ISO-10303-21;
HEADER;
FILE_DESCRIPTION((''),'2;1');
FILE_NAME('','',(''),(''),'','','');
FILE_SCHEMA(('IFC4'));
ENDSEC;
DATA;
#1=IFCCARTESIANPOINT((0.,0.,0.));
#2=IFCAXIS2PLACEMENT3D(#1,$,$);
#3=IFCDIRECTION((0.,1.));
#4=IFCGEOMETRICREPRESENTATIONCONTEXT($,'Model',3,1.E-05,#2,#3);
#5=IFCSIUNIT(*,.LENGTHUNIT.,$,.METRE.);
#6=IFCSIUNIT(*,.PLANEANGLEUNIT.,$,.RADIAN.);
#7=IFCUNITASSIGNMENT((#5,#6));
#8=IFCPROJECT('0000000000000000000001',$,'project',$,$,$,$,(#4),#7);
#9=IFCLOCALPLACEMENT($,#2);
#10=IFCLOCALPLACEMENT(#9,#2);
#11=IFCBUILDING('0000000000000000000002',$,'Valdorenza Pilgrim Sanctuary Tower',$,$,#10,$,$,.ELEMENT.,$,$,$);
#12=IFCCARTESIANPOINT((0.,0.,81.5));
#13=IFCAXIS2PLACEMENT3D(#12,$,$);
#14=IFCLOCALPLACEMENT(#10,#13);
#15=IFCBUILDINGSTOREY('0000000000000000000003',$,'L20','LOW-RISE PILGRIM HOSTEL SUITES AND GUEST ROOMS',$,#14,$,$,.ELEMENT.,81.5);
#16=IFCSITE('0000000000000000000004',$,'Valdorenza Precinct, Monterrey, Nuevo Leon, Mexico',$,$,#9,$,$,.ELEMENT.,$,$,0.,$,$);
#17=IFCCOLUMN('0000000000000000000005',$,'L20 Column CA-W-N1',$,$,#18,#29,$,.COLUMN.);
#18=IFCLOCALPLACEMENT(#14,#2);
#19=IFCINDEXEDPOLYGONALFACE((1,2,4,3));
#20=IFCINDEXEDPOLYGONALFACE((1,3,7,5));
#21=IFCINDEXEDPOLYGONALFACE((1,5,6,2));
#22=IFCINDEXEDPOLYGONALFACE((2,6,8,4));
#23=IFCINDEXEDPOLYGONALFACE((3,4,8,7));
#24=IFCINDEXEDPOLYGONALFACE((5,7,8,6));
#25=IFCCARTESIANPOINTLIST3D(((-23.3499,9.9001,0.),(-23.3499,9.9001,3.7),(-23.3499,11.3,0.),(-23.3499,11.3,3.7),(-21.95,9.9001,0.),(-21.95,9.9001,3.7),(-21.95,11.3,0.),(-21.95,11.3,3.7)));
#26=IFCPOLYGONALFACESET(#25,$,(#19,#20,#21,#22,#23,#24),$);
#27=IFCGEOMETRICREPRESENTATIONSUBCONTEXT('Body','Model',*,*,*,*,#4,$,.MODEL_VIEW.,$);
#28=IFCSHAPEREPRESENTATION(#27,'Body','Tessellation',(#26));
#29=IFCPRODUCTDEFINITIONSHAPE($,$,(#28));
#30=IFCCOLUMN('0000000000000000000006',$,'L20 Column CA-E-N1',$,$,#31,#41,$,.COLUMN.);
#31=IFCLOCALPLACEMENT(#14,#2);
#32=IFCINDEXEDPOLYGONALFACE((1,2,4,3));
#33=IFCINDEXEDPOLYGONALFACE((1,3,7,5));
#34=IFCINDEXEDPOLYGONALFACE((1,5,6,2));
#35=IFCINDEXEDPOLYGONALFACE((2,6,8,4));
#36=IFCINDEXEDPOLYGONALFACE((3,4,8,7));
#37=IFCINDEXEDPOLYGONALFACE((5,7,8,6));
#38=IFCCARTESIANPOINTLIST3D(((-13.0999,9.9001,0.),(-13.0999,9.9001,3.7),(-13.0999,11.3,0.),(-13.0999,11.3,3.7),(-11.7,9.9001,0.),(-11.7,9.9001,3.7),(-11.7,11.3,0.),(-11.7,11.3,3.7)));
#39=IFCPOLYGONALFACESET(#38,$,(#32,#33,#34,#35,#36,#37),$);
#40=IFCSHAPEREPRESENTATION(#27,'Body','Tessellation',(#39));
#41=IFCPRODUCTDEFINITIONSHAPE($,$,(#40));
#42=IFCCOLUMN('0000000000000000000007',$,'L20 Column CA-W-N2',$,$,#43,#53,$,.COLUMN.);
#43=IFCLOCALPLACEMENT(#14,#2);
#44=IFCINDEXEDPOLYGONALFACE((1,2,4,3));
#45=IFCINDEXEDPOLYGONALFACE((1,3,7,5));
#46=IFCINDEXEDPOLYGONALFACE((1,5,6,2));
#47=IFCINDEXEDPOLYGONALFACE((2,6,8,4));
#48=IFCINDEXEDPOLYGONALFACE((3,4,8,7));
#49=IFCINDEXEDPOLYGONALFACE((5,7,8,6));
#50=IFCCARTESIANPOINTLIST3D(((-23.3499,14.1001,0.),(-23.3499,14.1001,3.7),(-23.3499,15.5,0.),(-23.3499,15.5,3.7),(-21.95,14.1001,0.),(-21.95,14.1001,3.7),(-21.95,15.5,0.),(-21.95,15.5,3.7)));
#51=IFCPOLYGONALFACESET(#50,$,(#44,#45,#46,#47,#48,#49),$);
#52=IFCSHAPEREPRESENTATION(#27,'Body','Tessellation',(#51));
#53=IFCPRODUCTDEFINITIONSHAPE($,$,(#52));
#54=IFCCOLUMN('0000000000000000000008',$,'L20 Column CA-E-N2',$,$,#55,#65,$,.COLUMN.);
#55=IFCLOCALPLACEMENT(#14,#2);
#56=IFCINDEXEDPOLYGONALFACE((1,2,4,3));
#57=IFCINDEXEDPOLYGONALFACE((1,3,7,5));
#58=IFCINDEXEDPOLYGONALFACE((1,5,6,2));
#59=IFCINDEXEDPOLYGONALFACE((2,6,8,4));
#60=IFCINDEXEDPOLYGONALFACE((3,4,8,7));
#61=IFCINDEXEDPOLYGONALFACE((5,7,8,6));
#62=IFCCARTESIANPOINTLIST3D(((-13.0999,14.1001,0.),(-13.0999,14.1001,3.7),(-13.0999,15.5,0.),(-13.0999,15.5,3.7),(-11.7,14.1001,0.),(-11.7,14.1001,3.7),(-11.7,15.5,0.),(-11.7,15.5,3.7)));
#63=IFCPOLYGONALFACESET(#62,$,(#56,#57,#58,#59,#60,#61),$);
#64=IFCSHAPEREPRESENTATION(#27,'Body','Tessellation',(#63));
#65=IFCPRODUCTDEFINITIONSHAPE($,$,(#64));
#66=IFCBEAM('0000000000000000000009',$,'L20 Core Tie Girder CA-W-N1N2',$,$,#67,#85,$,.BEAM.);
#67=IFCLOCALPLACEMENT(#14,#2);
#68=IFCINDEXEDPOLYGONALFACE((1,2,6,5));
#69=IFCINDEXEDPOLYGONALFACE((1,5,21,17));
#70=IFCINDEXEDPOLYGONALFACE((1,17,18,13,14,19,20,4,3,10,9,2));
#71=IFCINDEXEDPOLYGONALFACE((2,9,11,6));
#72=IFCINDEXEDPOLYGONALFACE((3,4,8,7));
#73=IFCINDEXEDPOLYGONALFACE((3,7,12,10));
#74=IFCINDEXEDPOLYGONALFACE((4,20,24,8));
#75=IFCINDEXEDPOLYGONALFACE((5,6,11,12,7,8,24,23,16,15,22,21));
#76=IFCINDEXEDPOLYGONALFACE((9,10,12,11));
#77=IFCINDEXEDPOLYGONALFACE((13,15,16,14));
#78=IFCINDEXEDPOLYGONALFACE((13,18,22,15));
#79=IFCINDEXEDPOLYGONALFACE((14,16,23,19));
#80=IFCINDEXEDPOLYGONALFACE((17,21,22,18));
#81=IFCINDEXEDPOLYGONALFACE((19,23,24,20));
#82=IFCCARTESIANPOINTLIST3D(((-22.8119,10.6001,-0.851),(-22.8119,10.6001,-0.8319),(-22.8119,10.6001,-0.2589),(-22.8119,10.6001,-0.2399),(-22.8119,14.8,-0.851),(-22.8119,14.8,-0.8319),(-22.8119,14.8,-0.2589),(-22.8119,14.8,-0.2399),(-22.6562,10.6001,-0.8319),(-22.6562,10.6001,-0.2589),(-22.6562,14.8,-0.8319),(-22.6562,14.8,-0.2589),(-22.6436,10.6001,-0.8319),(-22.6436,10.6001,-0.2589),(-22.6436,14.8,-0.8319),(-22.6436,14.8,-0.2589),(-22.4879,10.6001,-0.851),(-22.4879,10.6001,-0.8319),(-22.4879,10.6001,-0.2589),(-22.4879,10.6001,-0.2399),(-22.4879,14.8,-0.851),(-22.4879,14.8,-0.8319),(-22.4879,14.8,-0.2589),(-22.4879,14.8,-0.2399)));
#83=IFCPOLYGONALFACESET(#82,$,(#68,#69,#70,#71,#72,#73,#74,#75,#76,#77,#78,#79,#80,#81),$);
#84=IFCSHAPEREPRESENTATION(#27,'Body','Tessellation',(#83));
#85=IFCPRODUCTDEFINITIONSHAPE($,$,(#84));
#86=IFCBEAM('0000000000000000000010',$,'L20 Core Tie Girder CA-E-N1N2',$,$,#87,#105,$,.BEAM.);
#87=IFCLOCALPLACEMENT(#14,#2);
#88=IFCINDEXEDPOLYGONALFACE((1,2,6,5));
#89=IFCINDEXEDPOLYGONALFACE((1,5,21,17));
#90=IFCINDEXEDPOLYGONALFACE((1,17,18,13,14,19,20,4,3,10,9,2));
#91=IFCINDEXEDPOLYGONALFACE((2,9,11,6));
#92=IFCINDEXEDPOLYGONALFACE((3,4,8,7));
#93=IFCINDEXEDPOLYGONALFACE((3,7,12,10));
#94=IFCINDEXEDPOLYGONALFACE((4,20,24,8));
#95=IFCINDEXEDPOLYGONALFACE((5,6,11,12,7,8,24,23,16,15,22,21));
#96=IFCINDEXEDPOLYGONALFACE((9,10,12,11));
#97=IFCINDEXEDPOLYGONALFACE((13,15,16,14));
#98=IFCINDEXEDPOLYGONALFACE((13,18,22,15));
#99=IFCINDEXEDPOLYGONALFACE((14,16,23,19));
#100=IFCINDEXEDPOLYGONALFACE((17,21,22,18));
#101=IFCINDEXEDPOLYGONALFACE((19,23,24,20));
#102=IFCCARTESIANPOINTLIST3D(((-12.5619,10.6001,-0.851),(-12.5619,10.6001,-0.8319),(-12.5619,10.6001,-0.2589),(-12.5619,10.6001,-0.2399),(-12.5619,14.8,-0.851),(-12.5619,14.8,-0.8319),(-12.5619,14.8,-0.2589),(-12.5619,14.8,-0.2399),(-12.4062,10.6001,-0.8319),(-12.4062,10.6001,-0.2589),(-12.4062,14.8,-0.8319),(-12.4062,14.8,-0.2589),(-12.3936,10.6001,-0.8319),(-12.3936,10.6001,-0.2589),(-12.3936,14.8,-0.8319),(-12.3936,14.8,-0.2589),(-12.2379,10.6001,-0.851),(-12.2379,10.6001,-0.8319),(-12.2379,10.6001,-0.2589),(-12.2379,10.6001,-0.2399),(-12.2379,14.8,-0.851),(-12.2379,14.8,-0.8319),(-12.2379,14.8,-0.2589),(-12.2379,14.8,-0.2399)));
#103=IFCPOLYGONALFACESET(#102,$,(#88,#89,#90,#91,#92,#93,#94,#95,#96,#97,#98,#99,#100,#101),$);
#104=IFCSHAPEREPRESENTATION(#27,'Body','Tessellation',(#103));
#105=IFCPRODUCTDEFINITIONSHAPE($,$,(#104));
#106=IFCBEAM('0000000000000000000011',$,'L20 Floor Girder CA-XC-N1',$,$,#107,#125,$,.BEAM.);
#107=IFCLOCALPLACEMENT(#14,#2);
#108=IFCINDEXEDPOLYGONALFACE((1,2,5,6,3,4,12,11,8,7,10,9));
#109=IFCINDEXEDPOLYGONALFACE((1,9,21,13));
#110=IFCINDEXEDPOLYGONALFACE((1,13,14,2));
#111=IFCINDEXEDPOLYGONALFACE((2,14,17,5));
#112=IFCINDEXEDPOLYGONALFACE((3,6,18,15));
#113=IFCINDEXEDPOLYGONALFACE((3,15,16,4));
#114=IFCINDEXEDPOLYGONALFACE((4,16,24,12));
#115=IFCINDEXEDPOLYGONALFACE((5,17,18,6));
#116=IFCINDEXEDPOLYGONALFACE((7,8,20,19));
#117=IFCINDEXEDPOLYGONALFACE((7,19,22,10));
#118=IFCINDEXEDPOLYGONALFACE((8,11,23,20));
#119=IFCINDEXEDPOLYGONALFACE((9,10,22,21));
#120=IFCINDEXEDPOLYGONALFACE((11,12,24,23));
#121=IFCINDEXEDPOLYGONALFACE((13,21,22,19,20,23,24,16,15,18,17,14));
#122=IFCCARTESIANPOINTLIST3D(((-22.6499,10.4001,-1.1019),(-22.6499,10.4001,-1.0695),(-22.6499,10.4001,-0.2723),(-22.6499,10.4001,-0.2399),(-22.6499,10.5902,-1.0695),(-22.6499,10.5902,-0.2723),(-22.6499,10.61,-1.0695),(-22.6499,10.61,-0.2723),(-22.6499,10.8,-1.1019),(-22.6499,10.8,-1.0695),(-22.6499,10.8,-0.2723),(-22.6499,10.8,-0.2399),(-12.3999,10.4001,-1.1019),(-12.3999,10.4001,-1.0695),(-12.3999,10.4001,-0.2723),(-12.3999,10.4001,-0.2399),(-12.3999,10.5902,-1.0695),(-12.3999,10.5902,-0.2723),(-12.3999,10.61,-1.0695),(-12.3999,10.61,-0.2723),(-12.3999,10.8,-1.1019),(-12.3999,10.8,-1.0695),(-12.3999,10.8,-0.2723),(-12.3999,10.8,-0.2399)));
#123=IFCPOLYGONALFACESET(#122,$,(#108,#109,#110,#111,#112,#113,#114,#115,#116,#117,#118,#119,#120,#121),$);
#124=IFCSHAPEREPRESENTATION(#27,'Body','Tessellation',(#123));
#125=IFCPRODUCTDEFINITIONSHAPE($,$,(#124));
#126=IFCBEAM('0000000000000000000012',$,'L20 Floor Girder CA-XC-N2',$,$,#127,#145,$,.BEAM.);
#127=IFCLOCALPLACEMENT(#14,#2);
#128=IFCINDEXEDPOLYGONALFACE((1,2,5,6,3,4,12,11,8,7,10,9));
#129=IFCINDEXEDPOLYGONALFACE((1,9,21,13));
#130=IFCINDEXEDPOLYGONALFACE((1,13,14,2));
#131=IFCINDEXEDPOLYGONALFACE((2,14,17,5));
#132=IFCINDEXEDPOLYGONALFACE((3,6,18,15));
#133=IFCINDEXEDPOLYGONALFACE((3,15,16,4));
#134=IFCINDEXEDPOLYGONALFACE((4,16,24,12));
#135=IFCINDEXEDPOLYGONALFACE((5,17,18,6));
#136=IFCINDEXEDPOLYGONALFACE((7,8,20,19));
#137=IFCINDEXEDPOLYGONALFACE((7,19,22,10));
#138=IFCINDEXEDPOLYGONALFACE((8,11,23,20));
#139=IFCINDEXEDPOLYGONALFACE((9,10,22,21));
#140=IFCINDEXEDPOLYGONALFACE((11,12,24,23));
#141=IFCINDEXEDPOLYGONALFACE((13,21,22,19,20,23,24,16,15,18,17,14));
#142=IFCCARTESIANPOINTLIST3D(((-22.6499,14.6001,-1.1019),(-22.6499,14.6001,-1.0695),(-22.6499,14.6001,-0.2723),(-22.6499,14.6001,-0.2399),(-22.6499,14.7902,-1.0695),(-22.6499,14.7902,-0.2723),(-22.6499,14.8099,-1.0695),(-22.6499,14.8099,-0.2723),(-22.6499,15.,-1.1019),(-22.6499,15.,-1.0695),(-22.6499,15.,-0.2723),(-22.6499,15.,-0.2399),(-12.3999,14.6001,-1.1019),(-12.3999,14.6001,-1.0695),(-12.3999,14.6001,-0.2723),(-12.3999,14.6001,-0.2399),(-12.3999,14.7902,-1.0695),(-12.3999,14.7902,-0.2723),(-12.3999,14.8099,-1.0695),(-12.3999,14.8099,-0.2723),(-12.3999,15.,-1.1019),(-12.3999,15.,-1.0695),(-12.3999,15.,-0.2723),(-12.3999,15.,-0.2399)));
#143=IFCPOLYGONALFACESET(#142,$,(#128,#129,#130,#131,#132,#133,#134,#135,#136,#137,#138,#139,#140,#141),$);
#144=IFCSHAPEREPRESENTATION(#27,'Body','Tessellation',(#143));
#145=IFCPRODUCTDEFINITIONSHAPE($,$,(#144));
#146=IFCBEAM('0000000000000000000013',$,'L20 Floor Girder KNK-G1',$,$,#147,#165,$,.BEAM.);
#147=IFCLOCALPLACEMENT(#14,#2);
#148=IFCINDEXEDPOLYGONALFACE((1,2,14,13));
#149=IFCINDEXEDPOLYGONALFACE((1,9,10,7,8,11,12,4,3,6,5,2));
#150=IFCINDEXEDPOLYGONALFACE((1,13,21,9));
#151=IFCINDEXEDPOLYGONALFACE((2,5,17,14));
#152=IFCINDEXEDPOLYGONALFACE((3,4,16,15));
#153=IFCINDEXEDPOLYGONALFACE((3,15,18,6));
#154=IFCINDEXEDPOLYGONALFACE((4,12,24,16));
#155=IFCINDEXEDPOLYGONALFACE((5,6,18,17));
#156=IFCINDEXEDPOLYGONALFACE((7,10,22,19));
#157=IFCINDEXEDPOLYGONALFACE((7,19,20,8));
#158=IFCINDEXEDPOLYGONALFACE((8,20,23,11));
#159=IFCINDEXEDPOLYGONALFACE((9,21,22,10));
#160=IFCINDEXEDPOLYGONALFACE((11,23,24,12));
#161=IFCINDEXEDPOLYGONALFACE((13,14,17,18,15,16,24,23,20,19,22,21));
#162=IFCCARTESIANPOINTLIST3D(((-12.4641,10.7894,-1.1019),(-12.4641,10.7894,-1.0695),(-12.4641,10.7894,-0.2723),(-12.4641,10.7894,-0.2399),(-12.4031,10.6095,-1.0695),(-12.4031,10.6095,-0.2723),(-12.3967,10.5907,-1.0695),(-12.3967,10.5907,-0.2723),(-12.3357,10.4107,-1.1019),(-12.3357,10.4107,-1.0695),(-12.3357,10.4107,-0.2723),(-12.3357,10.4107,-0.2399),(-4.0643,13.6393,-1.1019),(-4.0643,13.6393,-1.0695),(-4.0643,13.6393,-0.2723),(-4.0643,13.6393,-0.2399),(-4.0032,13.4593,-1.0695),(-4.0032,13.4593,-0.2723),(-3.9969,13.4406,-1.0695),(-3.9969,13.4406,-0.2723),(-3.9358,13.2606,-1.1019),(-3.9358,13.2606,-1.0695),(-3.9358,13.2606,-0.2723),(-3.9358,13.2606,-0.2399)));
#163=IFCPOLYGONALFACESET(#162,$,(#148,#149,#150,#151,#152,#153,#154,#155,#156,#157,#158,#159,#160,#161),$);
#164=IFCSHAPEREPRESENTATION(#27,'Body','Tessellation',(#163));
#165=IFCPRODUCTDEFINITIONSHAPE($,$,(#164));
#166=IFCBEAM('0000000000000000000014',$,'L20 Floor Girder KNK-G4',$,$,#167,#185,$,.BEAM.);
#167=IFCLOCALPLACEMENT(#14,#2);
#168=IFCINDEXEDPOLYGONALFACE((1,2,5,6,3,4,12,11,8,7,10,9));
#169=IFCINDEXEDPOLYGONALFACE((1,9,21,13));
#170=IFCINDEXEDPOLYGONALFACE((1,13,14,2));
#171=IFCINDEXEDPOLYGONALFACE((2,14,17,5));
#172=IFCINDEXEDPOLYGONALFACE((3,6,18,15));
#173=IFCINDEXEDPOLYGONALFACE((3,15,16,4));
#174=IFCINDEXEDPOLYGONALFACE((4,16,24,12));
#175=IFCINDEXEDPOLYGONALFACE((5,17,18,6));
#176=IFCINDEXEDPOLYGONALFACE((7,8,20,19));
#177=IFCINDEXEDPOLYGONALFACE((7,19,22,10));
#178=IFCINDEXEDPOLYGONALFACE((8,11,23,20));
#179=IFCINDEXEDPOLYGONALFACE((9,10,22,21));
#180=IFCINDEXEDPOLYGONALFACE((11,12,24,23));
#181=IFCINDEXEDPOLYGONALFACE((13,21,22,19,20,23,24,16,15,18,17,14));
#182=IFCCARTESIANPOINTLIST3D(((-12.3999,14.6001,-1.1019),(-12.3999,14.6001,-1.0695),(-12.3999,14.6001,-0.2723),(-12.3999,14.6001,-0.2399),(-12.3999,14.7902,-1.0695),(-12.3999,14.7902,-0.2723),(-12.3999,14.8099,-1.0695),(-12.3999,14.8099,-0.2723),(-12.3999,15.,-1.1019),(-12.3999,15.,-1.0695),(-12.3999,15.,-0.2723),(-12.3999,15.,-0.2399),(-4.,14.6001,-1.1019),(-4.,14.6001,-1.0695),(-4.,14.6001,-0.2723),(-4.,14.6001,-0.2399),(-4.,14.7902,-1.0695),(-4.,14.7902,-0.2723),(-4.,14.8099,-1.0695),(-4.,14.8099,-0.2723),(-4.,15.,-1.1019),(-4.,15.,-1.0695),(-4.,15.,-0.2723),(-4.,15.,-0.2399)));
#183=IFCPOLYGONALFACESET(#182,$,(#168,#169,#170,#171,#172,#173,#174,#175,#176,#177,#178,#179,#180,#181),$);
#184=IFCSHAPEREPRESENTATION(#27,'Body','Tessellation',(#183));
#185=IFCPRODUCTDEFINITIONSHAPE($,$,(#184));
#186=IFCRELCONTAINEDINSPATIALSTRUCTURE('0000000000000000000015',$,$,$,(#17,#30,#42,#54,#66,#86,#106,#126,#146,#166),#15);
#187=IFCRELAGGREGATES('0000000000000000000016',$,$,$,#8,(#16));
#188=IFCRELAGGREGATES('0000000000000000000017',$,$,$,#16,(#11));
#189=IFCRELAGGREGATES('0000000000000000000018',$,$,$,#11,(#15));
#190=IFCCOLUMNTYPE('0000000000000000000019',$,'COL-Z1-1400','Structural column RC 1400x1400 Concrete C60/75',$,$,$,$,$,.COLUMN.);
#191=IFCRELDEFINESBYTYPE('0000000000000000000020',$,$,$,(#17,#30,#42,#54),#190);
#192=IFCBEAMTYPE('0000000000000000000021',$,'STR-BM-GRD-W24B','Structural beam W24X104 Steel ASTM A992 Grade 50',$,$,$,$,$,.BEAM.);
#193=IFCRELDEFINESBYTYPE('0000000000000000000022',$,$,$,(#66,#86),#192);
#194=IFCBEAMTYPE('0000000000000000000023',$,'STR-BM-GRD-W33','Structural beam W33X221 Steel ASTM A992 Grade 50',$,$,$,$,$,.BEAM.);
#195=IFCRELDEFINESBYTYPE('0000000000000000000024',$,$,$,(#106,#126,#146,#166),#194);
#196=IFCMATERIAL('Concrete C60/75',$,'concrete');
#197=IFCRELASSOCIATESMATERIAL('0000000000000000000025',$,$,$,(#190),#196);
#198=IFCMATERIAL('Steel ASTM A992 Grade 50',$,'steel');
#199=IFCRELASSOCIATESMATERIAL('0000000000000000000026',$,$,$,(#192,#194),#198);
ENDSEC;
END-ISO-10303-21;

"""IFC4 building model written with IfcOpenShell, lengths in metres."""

from ifc_helpers import new_model, si_unit, direction, frame, origin, origin_2d, place, context, subcontext, project, spatial, rectangle, i_section, extrude, source, transform, mapped, material, material_profile, profile_set, type_object, element, save


model = new_model("IFC4")

# Units and contexts
model_context = context("Model", 3, precision=1e-05, world=origin(), true_north=direction((0.0, 1.0)))
body_context = subcontext(model_context, "Body", "Model", "MODEL_VIEW")
ifc_project = project(units=[si_unit("LENGTHUNIT", "METRE"), si_unit("PLANEANGLEUNIT", "RADIAN")], contexts=[model_context])

# Site, building, storey
site_placement = place(None, origin())
site = spatial("IfcSite", under=ifc_project, at=site_placement, Name="Valdorenza Precinct, Monterrey, Nuevo Leon, Mexico", CompositionType="ELEMENT", RefElevation=0.0)
building_placement = place(site_placement, origin())
building = spatial("IfcBuilding", under=site, at=building_placement, Name="Valdorenza Pilgrim Sanctuary Tower", CompositionType="ELEMENT")
storey_placement = place(building_placement, frame((0.0, 0.0, 81.5)))
storey = spatial("IfcBuildingStorey", under=building, at=storey_placement, Name="L20", Description="LOW-RISE PILGRIM HOSTEL SUITES AND GUEST ROOMS", CompositionType="ELEMENT", Elevation=81.5)

# Columns
ifc_material_1 = material(Name="Concrete C60/75", Category="concrete")
ifc_material_profile_1 = material_profile(ifc_material_1, rectangle(XDim=1.3999, YDim=1.3999, at=origin_2d()), Name="RC 1400x1400")
ifc_profile_set_1 = profile_set([ifc_material_profile_1], Name="Concrete C60/75")
column_type = type_object("IfcColumnType", Name="COL-Z1-1400", Description="Structural column RC 1400x1400 Concrete C60/75", PredefinedType="COLUMN", material=ifc_profile_set_1)
shared_shape_1 = source(origin(), body_context, "Body", "SweptSolid", [
    extrude(rectangle(XDim=1.3999, YDim=1.3999, at=origin_2d()), origin(), (0.0, 0.0, 1.0), 3.7),
])
for number, where, z_axis, x_axis, name in (
    (1, (-22.6499, 10.6001, 0.0), (0.0, 0.0, 1.0), (1.0, 0.0, 0.0), "L20 Column CA-W-N1"),
    (2, (-12.3999, 10.6001, 0.0), (0.0, 0.0, 1.0), (1.0, 0.0, 0.0), "L20 Column CA-E-N1"),
    (3, (-22.6499, 14.8, 0.0), (0.0, 0.0, 1.0), (1.0, 0.0, 0.0), "L20 Column CA-W-N2"),
    (4, (-12.3999, 14.8, 0.0), (0.0, 0.0, 1.0), (1.0, 0.0, 0.0), "L20 Column CA-E-N2"),
):
    element("IfcColumn", number, at=place(storey_placement, frame(where, z_axis=z_axis, x_axis=x_axis)), inside=storey, type_object=column_type, Name=name, PredefinedType="COLUMN", context=body_context, shape_type="MappedRepresentation", body=[
        mapped(shared_shape_1, transform((0.0, 0.0, 0.0), x_axis=(1.0, 0.0, 0.0), y_axis=(0.0, 1.0, 0.0), z_axis=(0.0, 0.0, 1.0), scale=1.0)),
    ])

# Beams
ifc_material_2 = material(Name="Steel ASTM A992 Grade 50", Category="steel")
ifc_material_profile_2 = material_profile(ifc_material_2, i_section(OverallWidth=0.324, OverallDepth=0.6111, WebThickness=0.0127, FlangeThickness=0.019, at=origin_2d()), Name="W24X104")
ifc_profile_set_2 = profile_set([ifc_material_profile_2], Name="Steel ASTM A992 Grade 50")
beam_type_1 = type_object("IfcBeamType", Name="STR-BM-GRD-W24B", Description="Structural beam W24X104 Steel ASTM A992 Grade 50", PredefinedType="BEAM", material=ifc_profile_set_2)
shared_shape_2 = source(origin(), body_context, "Body", "SweptSolid", [
    extrude(i_section(OverallWidth=0.324, OverallDepth=0.6111, WebThickness=0.0127, FlangeThickness=0.019, at=origin_2d()), origin(), (0.0, 0.0, 1.0), 4.2),
])
for number, where, z_axis, x_axis, name in (
    (5, (-22.6499, 10.6001, -0.5454), (0.0, 1.0, 0.0), (-1.0, 0.0, 0.0), "L20 Core Tie Girder CA-W-N1N2"),
    (6, (-12.3999, 10.6001, -0.5454), (0.0, 1.0, 0.0), (-1.0, 0.0, 0.0), "L20 Core Tie Girder CA-E-N1N2"),
):
    element("IfcBeam", number, at=place(storey_placement, frame(where, z_axis=z_axis, x_axis=x_axis)), inside=storey, type_object=beam_type_1, Name=name, PredefinedType="BEAM", context=body_context, shape_type="MappedRepresentation", body=[
        mapped(shared_shape_2, transform((0.0, 0.0, 0.0), x_axis=(1.0, 0.0, 0.0), y_axis=(0.0, 1.0, 0.0), z_axis=(0.0, 0.0, 1.0), scale=1.0)),
    ])
ifc_material_profile_3 = material_profile(ifc_material_2, i_section(OverallWidth=0.3999, OverallDepth=0.8621, WebThickness=0.0198, FlangeThickness=0.0325, at=origin_2d()), Name="W33X221")
ifc_profile_set_3 = profile_set([ifc_material_profile_3], Name="Steel ASTM A992 Grade 50")
beam_type_2 = type_object("IfcBeamType", Name="STR-BM-GRD-W33", Description="Structural beam W33X221 Steel ASTM A992 Grade 50", PredefinedType="BEAM", material=ifc_profile_set_3)
shared_shape_3 = source(origin(), body_context, "Body", "SweptSolid", [
    extrude(i_section(OverallWidth=0.3999, OverallDepth=0.8621, WebThickness=0.0198, FlangeThickness=0.0325, at=origin_2d()), origin(), (0.0, 0.0, 1.0), 10.25),
])
for number, where, z_axis, x_axis, name in (
    (7, (-22.6499, 10.6001, -0.6709), (1.0, 0.0, 0.0), (0.0, 1.0, 0.0), "L20 Floor Girder CA-XC-N1"),
    (8, (-22.6499, 14.8, -0.6709), (1.0, 0.0, 0.0), (0.0, 1.0, 0.0), "L20 Floor Girder CA-XC-N2"),
):
    element("IfcBeam", number, at=place(storey_placement, frame(where, z_axis=z_axis, x_axis=x_axis)), inside=storey, type_object=beam_type_2, Name=name, PredefinedType="BEAM", context=body_context, shape_type="MappedRepresentation", body=[
        mapped(shared_shape_3, transform((0.0, 0.0, 0.0), x_axis=(1.0, 0.0, 0.0), y_axis=(0.0, 1.0, 0.0), z_axis=(0.0, 0.0, 1.0), scale=1.0)),
    ])
shared_shape_4 = source(origin(), body_context, "Body", "SweptSolid", [
    extrude(i_section(OverallWidth=0.3999, OverallDepth=0.8621, WebThickness=0.0198, FlangeThickness=0.0325, at=origin_2d()), origin(), (0.0, 0.0, 1.0), 8.8701),
])
beam_1_placement = place(storey_placement, frame((-12.3999, 10.6001, -0.6709), z_axis=(0.946983, 0.321285, 0.0), x_axis=(-0.321285, 0.946983, 0.0)))
element("IfcBeam", 9, at=beam_1_placement, inside=storey, type_object=beam_type_2, Name="L20 Floor Girder KNK-G1", PredefinedType="BEAM", context=body_context, shape_type="MappedRepresentation", body=[
    mapped(shared_shape_4, transform((0.0, 0.0, 0.0), x_axis=(1.0, 0.0, 0.0), y_axis=(0.0, 1.0, 0.0), z_axis=(0.0, 0.0, 1.0), scale=1.0)),
])
shared_shape_5 = source(origin(), body_context, "Body", "SweptSolid", [
    extrude(i_section(OverallWidth=0.3999, OverallDepth=0.8621, WebThickness=0.0198, FlangeThickness=0.0325, at=origin_2d()), origin(), (0.0, 0.0, 1.0), 8.3999),
])
beam_2_placement = place(storey_placement, frame((-12.3999, 14.8, -0.6709), z_axis=(1.0, 0.0, 0.0), x_axis=(0.0, 1.0, 0.0)))
element("IfcBeam", 10, at=beam_2_placement, inside=storey, type_object=beam_type_2, Name="L20 Floor Girder KNK-G4", PredefinedType="BEAM", context=body_context, shape_type="MappedRepresentation", body=[
    mapped(shared_shape_5, transform((0.0, 0.0, 0.0), x_axis=(1.0, 0.0, 0.0), y_axis=(0.0, 1.0, 0.0), z_axis=(0.0, 0.0, 1.0), scale=1.0)),
])

save(model, "model.ifc")
